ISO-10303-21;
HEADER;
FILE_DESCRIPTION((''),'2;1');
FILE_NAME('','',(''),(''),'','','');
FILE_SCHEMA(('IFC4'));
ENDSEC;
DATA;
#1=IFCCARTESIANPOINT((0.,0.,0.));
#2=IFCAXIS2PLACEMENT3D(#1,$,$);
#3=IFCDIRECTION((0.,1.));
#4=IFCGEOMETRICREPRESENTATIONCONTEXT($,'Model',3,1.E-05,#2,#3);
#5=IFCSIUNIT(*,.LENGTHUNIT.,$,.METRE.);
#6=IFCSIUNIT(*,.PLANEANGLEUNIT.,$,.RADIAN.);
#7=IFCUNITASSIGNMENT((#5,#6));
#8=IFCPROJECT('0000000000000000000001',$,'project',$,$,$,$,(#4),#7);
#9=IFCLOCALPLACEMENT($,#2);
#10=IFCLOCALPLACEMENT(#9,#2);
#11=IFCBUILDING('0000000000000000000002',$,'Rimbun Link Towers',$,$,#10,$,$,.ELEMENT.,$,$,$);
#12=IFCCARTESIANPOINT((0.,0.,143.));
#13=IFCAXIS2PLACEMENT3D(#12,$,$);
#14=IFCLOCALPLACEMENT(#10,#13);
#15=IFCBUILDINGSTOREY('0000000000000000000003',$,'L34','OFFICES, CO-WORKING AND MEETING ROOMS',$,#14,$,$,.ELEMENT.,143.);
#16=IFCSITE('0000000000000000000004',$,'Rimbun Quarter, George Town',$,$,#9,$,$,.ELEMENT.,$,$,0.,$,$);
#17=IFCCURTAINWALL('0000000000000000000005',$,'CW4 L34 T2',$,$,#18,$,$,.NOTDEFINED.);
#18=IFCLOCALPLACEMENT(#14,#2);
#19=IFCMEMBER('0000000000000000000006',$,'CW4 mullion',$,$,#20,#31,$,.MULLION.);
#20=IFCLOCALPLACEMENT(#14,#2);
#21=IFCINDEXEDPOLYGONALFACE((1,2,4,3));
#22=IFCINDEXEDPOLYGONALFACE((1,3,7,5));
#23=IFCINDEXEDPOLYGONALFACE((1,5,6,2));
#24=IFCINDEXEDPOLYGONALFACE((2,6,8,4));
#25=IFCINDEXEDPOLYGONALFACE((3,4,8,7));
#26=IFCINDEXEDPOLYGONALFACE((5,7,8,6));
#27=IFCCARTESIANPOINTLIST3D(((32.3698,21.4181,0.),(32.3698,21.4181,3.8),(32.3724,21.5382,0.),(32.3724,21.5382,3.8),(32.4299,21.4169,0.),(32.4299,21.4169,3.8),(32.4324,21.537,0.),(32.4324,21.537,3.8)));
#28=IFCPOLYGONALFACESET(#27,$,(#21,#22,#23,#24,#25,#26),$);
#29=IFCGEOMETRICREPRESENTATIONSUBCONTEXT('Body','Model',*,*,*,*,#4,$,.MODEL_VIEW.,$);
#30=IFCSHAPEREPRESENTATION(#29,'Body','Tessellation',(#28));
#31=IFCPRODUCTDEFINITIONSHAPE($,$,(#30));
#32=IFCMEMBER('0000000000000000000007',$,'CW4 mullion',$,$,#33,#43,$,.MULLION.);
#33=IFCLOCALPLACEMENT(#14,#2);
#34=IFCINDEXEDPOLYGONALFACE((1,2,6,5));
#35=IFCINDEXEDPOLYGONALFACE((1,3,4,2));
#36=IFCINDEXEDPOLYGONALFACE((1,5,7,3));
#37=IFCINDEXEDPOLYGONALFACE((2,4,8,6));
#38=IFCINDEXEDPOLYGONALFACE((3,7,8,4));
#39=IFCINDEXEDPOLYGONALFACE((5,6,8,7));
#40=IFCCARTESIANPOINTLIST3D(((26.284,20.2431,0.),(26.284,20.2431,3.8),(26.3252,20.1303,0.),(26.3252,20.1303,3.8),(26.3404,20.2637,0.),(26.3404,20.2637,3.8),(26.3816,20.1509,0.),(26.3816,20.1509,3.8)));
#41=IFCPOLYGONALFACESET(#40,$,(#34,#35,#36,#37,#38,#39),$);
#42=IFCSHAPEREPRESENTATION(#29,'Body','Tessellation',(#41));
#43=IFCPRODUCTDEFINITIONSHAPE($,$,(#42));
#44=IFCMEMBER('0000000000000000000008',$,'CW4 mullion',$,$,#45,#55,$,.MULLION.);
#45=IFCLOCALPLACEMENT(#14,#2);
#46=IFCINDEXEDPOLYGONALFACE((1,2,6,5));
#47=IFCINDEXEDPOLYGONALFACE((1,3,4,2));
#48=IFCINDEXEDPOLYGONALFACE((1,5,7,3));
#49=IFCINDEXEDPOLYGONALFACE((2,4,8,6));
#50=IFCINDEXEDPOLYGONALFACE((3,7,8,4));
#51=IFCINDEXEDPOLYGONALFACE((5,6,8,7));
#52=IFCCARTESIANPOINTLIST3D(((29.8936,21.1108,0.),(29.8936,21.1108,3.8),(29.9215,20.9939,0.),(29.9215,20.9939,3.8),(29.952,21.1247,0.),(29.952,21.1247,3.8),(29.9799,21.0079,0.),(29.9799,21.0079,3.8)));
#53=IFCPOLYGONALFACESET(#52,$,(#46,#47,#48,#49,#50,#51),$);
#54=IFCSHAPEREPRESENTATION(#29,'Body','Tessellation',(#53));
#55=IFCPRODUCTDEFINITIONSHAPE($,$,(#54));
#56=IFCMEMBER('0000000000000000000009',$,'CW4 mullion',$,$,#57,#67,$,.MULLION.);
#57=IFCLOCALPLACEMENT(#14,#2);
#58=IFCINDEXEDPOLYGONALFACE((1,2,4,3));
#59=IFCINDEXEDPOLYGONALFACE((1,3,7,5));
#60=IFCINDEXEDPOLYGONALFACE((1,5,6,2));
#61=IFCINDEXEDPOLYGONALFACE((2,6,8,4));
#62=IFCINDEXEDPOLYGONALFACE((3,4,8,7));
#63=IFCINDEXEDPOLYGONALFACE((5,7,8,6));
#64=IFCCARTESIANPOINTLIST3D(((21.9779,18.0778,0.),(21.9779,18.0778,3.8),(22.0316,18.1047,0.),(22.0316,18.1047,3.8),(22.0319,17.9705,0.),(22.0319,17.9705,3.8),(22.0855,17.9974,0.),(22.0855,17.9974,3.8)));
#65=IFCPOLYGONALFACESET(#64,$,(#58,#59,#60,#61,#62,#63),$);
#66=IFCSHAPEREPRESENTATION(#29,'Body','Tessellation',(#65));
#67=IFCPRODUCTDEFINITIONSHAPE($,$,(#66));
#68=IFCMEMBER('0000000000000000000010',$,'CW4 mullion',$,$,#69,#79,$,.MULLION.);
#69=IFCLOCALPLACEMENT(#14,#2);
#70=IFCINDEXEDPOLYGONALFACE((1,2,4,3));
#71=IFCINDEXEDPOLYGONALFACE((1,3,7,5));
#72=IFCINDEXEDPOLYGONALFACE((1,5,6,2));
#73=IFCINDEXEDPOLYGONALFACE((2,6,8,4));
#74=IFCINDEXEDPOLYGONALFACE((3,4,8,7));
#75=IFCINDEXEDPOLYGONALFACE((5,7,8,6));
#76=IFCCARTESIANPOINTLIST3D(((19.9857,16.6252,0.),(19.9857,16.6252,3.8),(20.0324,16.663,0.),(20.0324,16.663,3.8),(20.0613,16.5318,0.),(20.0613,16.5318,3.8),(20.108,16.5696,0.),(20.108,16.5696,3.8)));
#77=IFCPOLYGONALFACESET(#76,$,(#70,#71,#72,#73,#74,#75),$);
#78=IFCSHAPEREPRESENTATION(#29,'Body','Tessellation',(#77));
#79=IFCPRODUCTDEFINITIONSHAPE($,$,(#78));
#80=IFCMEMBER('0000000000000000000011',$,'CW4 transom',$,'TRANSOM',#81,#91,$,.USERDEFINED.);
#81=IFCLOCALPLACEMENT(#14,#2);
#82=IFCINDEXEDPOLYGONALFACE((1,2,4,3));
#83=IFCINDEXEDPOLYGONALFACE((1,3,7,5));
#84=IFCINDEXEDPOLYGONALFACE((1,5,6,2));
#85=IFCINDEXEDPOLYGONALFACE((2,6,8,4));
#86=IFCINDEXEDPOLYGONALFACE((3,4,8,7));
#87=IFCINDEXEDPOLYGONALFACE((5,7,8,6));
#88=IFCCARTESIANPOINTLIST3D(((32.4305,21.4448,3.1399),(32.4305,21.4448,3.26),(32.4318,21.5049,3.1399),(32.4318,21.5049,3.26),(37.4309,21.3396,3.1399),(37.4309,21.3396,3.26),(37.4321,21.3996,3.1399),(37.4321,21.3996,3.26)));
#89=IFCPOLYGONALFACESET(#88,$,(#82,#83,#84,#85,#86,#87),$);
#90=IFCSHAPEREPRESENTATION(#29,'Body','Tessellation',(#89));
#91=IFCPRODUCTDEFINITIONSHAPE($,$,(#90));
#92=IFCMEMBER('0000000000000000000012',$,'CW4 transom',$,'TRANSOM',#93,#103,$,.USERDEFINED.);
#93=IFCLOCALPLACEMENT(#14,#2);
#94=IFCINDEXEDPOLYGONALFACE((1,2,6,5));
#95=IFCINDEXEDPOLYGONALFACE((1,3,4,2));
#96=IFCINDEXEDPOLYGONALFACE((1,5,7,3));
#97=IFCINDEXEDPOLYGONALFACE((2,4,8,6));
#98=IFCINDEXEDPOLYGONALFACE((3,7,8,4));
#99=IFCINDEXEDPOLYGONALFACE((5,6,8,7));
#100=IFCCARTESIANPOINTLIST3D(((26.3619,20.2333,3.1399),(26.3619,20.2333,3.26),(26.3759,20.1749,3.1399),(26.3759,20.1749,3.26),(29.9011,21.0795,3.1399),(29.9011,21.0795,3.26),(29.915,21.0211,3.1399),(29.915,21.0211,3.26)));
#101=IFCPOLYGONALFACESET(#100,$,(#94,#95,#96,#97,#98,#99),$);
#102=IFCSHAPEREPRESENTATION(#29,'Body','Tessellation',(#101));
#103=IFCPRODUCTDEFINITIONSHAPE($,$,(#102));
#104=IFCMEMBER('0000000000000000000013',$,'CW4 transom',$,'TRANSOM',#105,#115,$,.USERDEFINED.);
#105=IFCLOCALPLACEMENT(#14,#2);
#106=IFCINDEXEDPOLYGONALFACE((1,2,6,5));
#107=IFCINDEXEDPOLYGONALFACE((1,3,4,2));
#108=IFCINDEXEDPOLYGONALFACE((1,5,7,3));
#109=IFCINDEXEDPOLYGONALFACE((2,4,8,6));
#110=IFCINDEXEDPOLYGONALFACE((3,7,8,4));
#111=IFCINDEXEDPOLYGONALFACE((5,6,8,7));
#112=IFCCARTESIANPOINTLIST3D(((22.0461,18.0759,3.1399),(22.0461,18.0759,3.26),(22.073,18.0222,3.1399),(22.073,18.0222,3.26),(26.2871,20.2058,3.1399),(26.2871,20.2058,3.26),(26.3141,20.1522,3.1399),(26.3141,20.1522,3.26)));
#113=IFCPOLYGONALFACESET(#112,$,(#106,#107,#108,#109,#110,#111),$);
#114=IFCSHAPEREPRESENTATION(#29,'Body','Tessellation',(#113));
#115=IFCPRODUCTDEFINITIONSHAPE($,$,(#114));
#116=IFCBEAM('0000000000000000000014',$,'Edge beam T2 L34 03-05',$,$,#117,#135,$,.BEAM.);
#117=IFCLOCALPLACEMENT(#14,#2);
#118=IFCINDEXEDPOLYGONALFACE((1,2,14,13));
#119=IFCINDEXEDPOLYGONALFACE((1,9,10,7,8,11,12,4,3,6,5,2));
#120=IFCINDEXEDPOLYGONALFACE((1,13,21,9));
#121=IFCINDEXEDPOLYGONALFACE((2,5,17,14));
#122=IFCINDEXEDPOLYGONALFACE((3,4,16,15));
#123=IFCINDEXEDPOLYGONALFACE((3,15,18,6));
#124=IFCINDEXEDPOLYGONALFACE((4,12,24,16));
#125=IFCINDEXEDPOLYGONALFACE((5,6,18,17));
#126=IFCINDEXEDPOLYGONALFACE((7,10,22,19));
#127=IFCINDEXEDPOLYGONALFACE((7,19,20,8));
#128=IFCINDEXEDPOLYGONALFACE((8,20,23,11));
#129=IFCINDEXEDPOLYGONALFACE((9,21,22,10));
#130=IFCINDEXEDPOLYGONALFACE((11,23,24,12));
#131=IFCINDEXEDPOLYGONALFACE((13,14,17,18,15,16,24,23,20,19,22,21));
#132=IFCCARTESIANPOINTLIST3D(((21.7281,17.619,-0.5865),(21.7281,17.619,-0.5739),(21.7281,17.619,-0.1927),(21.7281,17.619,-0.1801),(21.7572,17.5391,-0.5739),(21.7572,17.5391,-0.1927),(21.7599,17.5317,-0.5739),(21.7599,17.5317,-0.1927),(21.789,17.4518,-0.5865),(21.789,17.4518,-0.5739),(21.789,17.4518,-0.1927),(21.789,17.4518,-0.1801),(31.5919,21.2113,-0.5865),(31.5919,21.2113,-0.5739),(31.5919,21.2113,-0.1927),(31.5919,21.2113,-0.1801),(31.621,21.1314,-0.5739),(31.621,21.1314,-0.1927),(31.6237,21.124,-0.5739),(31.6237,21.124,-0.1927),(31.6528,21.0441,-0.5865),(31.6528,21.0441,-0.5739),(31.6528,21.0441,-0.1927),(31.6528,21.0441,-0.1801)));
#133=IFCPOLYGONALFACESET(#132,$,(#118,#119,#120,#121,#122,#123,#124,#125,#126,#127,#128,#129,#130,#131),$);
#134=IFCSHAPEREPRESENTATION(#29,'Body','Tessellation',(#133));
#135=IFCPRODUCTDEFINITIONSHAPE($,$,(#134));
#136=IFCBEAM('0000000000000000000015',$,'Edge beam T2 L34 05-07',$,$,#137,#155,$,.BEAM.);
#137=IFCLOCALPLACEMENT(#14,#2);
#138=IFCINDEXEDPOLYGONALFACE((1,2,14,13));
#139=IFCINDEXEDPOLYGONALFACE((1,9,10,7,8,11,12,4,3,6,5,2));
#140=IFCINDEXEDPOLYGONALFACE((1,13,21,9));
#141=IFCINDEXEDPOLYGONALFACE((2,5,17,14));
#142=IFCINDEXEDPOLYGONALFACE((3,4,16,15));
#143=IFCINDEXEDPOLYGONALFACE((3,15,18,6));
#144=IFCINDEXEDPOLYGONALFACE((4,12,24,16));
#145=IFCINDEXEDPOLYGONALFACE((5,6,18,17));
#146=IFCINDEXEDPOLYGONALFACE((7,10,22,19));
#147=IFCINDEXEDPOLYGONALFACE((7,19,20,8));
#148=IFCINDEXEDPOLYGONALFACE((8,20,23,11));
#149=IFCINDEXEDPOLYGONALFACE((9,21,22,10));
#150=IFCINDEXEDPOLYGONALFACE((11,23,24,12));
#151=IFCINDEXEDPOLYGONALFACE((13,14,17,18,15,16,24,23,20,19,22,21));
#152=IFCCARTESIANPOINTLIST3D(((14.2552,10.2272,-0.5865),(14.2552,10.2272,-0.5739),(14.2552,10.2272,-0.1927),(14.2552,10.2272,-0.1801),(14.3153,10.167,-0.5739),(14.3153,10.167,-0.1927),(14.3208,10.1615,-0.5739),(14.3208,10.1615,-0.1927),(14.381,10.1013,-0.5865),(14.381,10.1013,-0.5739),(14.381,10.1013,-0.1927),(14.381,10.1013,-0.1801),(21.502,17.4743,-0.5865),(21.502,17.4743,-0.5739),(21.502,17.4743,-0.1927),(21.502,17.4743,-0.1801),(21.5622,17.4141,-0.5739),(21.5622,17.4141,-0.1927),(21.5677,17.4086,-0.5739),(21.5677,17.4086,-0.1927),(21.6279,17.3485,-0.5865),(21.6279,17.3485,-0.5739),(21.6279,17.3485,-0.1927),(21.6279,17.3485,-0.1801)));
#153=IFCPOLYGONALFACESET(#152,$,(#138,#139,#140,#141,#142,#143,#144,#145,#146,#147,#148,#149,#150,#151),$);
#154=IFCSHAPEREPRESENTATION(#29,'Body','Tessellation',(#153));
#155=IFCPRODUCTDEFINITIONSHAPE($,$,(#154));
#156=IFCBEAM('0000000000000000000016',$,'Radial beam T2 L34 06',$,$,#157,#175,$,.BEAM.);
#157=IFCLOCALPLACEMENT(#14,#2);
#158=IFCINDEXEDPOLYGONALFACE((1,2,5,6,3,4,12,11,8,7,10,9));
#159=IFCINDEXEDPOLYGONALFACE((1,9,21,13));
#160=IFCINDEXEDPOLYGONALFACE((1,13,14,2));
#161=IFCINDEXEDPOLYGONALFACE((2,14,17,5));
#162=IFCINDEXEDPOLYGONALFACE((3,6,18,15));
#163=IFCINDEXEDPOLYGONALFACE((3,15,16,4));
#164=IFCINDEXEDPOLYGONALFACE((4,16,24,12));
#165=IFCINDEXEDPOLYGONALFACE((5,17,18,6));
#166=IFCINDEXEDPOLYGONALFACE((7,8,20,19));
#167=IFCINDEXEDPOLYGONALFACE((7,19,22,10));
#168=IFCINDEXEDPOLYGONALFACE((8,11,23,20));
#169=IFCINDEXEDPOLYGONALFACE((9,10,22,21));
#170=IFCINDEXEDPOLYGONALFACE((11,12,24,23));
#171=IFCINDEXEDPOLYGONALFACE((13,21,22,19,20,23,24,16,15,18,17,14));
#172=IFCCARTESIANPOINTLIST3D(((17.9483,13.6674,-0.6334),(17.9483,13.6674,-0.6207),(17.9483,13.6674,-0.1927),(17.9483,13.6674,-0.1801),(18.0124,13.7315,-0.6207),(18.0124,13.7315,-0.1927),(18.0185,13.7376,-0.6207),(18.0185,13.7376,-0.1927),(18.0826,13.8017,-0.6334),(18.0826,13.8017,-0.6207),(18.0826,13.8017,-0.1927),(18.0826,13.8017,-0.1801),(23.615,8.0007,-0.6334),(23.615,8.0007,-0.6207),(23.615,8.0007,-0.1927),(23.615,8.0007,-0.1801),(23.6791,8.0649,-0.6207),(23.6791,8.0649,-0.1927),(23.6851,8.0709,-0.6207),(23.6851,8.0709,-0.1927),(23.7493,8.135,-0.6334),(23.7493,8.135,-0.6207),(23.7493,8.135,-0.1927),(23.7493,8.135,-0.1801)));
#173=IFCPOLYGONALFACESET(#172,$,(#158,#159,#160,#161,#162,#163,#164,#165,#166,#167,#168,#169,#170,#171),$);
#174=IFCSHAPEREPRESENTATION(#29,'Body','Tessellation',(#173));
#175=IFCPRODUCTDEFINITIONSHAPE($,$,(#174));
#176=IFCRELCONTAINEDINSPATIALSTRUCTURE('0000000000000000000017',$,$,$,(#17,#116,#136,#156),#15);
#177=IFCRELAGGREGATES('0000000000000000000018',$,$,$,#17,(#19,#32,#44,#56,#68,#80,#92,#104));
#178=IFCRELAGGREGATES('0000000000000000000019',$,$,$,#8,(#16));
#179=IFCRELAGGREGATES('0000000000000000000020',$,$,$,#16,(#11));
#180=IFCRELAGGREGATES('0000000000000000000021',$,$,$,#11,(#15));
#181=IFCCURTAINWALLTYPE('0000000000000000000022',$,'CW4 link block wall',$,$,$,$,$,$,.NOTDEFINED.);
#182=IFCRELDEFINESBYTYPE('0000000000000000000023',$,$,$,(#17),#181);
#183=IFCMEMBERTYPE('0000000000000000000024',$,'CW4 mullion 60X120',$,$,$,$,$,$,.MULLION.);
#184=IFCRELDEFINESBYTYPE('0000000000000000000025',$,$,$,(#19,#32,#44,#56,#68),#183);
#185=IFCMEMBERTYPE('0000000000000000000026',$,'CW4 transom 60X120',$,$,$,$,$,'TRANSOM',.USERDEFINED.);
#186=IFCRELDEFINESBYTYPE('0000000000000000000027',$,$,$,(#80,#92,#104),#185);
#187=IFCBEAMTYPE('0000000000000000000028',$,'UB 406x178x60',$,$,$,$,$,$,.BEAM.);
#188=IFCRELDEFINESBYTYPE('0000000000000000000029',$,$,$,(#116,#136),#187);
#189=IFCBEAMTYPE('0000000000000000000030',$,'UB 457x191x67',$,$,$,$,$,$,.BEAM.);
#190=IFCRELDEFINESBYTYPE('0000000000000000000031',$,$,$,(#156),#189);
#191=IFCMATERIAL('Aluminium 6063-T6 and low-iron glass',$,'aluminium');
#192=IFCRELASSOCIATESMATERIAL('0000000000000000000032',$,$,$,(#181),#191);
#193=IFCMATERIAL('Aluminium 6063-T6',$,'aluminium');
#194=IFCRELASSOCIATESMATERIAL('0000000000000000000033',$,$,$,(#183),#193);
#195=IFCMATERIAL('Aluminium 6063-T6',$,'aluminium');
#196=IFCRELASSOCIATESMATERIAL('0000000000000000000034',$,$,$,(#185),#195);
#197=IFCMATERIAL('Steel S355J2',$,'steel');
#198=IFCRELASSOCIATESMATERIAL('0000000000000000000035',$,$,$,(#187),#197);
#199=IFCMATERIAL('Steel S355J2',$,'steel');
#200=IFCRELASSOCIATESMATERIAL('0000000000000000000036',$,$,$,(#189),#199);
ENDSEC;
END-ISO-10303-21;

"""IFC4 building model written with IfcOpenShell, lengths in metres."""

from ifc_helpers import new_model, si_unit, direction, frame, origin, origin_2d, place, context, subcontext, project, spatial, rectangle, i_section, extrude, material, material_profile, profile_set, type_object, element, aggregate, save


model = new_model("IFC4")

# Units and contexts
model_context = context("Model", 3, precision=1e-05, world=origin(), true_north=direction((0.0, 1.0)))
body_context = subcontext(model_context, "Body", "Model", "MODEL_VIEW")
ifc_project = project(units=[si_unit("LENGTHUNIT", "METRE"), si_unit("PLANEANGLEUNIT", "RADIAN")], contexts=[model_context])

# Site, building, storey
site_placement = place(None, origin())
site = spatial("IfcSite", under=ifc_project, at=site_placement, Name="Rimbun Quarter, George Town", CompositionType="ELEMENT", RefElevation=0.0)
building_placement = place(site_placement, origin())
building = spatial("IfcBuilding", under=site, at=building_placement, Name="Rimbun Link Towers", CompositionType="ELEMENT")
storey_placement = place(building_placement, frame((0.0, 0.0, 143.0)))
storey = spatial("IfcBuildingStorey", under=building, at=storey_placement, Name="L34", Description="OFFICES, CO-WORKING AND MEETING ROOMS", CompositionType="ELEMENT", Elevation=143.0)

# Curtain wall, members
ifc_material_1 = material(Name="Aluminium 6063-T6 and low-iron glass", Category="aluminium")
curtain_wall_type = type_object("IfcCurtainWallType", Name="CW4 link block wall", PredefinedType="NOTDEFINED", material=ifc_material_1)
curtain_wall_placement = place(storey_placement, origin())
curtain_wall = element("IfcCurtainWall", 1, at=curtain_wall_placement, inside=storey, type_object=curtain_wall_type, Name="CW4 L34 T2", PredefinedType="NOTDEFINED")
ifc_material_2 = material(Name="Aluminium 6063-T6", Category="aluminium")
ifc_material_profile_1 = material_profile(ifc_material_2, rectangle(XDim=0.1201, YDim=0.0601, at=origin_2d()), Name="MULLION 60X120")
ifc_profile_set_1 = profile_set([ifc_material_profile_1], Name="Aluminium 6063-T6")
member_type_1 = type_object("IfcMemberType", Name="CW4 mullion 60X120", PredefinedType="MULLION", material=ifc_profile_set_1)
member_1_placement = place(storey_placement, frame((32.4011, 21.4775, 0.0), z_axis=(0.0, 0.0, 1.0), x_axis=(0.021063, 0.999778, 0.0)))
member_1 = element("IfcMember", 2, at=member_1_placement, type_object=member_type_1, Name="CW4 mullion", PredefinedType="MULLION", context=body_context, shape_type="SweptSolid", body=[
    extrude(rectangle(XDim=0.1201, YDim=0.0601, at=origin_2d()), origin(), (0.0, 0.0, 1.0), 3.8),
])
member_2_placement = place(storey_placement, frame((26.3328, 20.197, 0.0), z_axis=(0.0, 0.0, 1.0), x_axis=(-0.342963, 0.939349, 0.0)))
member_2 = element("IfcMember", 3, at=member_2_placement, type_object=member_type_1, Name="CW4 mullion", PredefinedType="MULLION", context=body_context, shape_type="SweptSolid", body=[
    extrude(rectangle(XDim=0.1201, YDim=0.0601, at=origin_2d()), origin(), (0.0, 0.0, 1.0), 3.8),
])
member_3_placement = place(storey_placement, frame((29.9368, 21.0593, 0.0), z_axis=(0.0, 0.0, 1.0), x_axis=(-0.232588, 0.972575, 0.0)))
member_3 = element("IfcMember", 4, at=member_3_placement, type_object=member_type_1, Name="CW4 mullion", PredefinedType="MULLION", context=body_context, shape_type="SweptSolid", body=[
    extrude(rectangle(XDim=0.1201, YDim=0.0601, at=origin_2d()), origin(), (0.0, 0.0, 1.0), 3.8),
])
member_4_placement = place(storey_placement, frame((22.0317, 18.0376, 0.0), z_axis=(0.0, 0.0, 1.0), x_axis=(-0.448782, 0.893641, 0.0)))
member_4 = element("IfcMember", 5, at=member_4_placement, type_object=member_type_1, Name="CW4 mullion", PredefinedType="MULLION", context=body_context, shape_type="SweptSolid", body=[
    extrude(rectangle(XDim=0.1201, YDim=0.0601, at=origin_2d()), origin(), (0.0, 0.0, 1.0), 3.8),
])
member_5_placement = place(storey_placement, frame((20.0469, 16.5974, 0.0), z_axis=(0.0, 0.0, 1.0), x_axis=(-0.629159, 0.777277, 0.0)))
member_5 = element("IfcMember", 6, at=member_5_placement, type_object=member_type_1, Name="CW4 mullion", PredefinedType="MULLION", context=body_context, shape_type="SweptSolid", body=[
    extrude(rectangle(XDim=0.1201, YDim=0.0601, at=origin_2d()), origin(), (0.0, 0.0, 1.0), 3.8),
])
ifc_material_3 = material(Name="Aluminium 6063-T6", Category="aluminium")
ifc_material_profile_2 = material_profile(ifc_material_3, rectangle(XDim=0.0601, YDim=0.1201, at=origin_2d()), Name="TRANSOM 60X120")
ifc_profile_set_2 = profile_set([ifc_material_profile_2], Name="Aluminium 6063-T6")
member_type_2 = type_object("IfcMemberType", Name="CW4 transom 60X120", ElementType="TRANSOM", PredefinedType="USERDEFINED", material=ifc_profile_set_2)
member_6_placement = place(storey_placement, frame((32.4312, 21.4749, 3.2), z_axis=(0.999779, -0.021039, 0.0), x_axis=(0.021039, 0.999779, 0.0)))
member_6 = element("IfcMember", 7, at=member_6_placement, type_object=member_type_2, Name="CW4 transom", ObjectType="TRANSOM", PredefinedType="USERDEFINED", context=body_context, shape_type="SweptSolid", body=[
    extrude(rectangle(XDim=0.0601, YDim=0.1201, at=origin_2d()), origin(), (0.0, 0.0, 1.0), 5.0015),
])
member_7_placement = place(storey_placement, frame((26.3689, 20.2041, 3.2), z_axis=(0.972585, 0.232546, 0.0), x_axis=(-0.232546, 0.972585, 0.0)))
member_7 = element("IfcMember", 8, at=member_7_placement, type_object=member_type_2, Name="CW4 transom", ObjectType="TRANSOM", PredefinedType="USERDEFINED", context=body_context, shape_type="SweptSolid", body=[
    extrude(rectangle(XDim=0.0601, YDim=0.1201, at=origin_2d()), origin(), (0.0, 0.0, 1.0), 3.6389),
])
member_8_placement = place(storey_placement, frame((22.0596, 18.0491, 3.2), z_axis=(0.893634, 0.448797, 0.0), x_axis=(-0.448797, 0.893634, 0.0)))
member_8 = element("IfcMember", 9, at=member_8_placement, type_object=member_type_2, Name="CW4 transom", ObjectType="TRANSOM", PredefinedType="USERDEFINED", context=body_context, shape_type="SweptSolid", body=[
    extrude(rectangle(XDim=0.0601, YDim=0.1201, at=origin_2d()), origin(), (0.0, 0.0, 1.0), 4.7458),
])

# Beams
ifc_material_4 = material(Name="Steel S355J2", Category="steel")
ifc_material_profile_3 = material_profile(ifc_material_4, i_section(OverallWidth=0.178, OverallDepth=0.4065, WebThickness=0.0078, FlangeThickness=0.0127, at=origin_2d()), Name="UB 406x178x60")
ifc_profile_set_3 = profile_set([ifc_material_profile_3], Name="Steel S355J2")
beam_type_1 = type_object("IfcBeamType", Name="UB 406x178x60", PredefinedType="BEAM", material=ifc_profile_set_3)
beam_1_placement = place(storey_placement, frame((31.6223, 21.1277, -0.3833), z_axis=(-0.939626, -0.342202, 0.0), x_axis=(0.342202, -0.939626, 0.0)))
element("IfcBeam", 10, at=beam_1_placement, inside=storey, type_object=beam_type_1, Name="Edge beam T2 L34 03-05", PredefinedType="BEAM", context=body_context, shape_type="SweptSolid", body=[
    extrude(i_section(OverallWidth=0.178, OverallDepth=0.4065, WebThickness=0.0078, FlangeThickness=0.0127, at=origin_2d()), origin(), (0.0, 0.0, 1.0), 10.4976),
])
beam_2_placement = place(storey_placement, frame((21.5649, 17.4114, -0.3833), z_axis=(-0.707095, -0.707119, 0.0), x_axis=(0.707119, -0.707095, 0.0)))
element("IfcBeam", 11, at=beam_2_placement, inside=storey, type_object=beam_type_1, Name="Edge beam T2 L34 05-07", PredefinedType="BEAM", context=body_context, shape_type="SweptSolid", body=[
    extrude(i_section(OverallWidth=0.178, OverallDepth=0.4065, WebThickness=0.0078, FlangeThickness=0.0127, at=origin_2d()), origin(), (0.0, 0.0, 1.0), 10.2488),
])
ifc_material_5 = material(Name="Steel S355J2", Category="steel")
ifc_material_profile_4 = material_profile(ifc_material_5, i_section(OverallWidth=0.1899, OverallDepth=0.4534, WebThickness=0.0085, FlangeThickness=0.0127, at=origin_2d()), Name="UB 457x191x67")
ifc_profile_set_4 = profile_set([ifc_material_profile_4], Name="Steel S355J2")
beam_type_2 = type_object("IfcBeamType", Name="UB 457x191x67", PredefinedType="BEAM", material=ifc_profile_set_4)
beam_3_placement = place(storey_placement, frame((23.6821, 8.0679, -0.4067), z_axis=(-0.707107, 0.707107, 0.0), x_axis=(-0.707107, -0.707107, 0.0)))
element("IfcBeam", 12, at=beam_3_placement, inside=storey, type_object=beam_type_2, Name="Radial beam T2 L34 06", PredefinedType="BEAM", context=body_context, shape_type="SweptSolid", body=[
    extrude(i_section(OverallWidth=0.1899, OverallDepth=0.4534, WebThickness=0.0085, FlangeThickness=0.0127, at=origin_2d()), origin(), (0.0, 0.0, 1.0), 8.0139),
])

aggregate(curtain_wall, [member_1, member_2, member_3, member_4, member_5, member_6, member_7, member_8])

save(model, "model.ifc")
